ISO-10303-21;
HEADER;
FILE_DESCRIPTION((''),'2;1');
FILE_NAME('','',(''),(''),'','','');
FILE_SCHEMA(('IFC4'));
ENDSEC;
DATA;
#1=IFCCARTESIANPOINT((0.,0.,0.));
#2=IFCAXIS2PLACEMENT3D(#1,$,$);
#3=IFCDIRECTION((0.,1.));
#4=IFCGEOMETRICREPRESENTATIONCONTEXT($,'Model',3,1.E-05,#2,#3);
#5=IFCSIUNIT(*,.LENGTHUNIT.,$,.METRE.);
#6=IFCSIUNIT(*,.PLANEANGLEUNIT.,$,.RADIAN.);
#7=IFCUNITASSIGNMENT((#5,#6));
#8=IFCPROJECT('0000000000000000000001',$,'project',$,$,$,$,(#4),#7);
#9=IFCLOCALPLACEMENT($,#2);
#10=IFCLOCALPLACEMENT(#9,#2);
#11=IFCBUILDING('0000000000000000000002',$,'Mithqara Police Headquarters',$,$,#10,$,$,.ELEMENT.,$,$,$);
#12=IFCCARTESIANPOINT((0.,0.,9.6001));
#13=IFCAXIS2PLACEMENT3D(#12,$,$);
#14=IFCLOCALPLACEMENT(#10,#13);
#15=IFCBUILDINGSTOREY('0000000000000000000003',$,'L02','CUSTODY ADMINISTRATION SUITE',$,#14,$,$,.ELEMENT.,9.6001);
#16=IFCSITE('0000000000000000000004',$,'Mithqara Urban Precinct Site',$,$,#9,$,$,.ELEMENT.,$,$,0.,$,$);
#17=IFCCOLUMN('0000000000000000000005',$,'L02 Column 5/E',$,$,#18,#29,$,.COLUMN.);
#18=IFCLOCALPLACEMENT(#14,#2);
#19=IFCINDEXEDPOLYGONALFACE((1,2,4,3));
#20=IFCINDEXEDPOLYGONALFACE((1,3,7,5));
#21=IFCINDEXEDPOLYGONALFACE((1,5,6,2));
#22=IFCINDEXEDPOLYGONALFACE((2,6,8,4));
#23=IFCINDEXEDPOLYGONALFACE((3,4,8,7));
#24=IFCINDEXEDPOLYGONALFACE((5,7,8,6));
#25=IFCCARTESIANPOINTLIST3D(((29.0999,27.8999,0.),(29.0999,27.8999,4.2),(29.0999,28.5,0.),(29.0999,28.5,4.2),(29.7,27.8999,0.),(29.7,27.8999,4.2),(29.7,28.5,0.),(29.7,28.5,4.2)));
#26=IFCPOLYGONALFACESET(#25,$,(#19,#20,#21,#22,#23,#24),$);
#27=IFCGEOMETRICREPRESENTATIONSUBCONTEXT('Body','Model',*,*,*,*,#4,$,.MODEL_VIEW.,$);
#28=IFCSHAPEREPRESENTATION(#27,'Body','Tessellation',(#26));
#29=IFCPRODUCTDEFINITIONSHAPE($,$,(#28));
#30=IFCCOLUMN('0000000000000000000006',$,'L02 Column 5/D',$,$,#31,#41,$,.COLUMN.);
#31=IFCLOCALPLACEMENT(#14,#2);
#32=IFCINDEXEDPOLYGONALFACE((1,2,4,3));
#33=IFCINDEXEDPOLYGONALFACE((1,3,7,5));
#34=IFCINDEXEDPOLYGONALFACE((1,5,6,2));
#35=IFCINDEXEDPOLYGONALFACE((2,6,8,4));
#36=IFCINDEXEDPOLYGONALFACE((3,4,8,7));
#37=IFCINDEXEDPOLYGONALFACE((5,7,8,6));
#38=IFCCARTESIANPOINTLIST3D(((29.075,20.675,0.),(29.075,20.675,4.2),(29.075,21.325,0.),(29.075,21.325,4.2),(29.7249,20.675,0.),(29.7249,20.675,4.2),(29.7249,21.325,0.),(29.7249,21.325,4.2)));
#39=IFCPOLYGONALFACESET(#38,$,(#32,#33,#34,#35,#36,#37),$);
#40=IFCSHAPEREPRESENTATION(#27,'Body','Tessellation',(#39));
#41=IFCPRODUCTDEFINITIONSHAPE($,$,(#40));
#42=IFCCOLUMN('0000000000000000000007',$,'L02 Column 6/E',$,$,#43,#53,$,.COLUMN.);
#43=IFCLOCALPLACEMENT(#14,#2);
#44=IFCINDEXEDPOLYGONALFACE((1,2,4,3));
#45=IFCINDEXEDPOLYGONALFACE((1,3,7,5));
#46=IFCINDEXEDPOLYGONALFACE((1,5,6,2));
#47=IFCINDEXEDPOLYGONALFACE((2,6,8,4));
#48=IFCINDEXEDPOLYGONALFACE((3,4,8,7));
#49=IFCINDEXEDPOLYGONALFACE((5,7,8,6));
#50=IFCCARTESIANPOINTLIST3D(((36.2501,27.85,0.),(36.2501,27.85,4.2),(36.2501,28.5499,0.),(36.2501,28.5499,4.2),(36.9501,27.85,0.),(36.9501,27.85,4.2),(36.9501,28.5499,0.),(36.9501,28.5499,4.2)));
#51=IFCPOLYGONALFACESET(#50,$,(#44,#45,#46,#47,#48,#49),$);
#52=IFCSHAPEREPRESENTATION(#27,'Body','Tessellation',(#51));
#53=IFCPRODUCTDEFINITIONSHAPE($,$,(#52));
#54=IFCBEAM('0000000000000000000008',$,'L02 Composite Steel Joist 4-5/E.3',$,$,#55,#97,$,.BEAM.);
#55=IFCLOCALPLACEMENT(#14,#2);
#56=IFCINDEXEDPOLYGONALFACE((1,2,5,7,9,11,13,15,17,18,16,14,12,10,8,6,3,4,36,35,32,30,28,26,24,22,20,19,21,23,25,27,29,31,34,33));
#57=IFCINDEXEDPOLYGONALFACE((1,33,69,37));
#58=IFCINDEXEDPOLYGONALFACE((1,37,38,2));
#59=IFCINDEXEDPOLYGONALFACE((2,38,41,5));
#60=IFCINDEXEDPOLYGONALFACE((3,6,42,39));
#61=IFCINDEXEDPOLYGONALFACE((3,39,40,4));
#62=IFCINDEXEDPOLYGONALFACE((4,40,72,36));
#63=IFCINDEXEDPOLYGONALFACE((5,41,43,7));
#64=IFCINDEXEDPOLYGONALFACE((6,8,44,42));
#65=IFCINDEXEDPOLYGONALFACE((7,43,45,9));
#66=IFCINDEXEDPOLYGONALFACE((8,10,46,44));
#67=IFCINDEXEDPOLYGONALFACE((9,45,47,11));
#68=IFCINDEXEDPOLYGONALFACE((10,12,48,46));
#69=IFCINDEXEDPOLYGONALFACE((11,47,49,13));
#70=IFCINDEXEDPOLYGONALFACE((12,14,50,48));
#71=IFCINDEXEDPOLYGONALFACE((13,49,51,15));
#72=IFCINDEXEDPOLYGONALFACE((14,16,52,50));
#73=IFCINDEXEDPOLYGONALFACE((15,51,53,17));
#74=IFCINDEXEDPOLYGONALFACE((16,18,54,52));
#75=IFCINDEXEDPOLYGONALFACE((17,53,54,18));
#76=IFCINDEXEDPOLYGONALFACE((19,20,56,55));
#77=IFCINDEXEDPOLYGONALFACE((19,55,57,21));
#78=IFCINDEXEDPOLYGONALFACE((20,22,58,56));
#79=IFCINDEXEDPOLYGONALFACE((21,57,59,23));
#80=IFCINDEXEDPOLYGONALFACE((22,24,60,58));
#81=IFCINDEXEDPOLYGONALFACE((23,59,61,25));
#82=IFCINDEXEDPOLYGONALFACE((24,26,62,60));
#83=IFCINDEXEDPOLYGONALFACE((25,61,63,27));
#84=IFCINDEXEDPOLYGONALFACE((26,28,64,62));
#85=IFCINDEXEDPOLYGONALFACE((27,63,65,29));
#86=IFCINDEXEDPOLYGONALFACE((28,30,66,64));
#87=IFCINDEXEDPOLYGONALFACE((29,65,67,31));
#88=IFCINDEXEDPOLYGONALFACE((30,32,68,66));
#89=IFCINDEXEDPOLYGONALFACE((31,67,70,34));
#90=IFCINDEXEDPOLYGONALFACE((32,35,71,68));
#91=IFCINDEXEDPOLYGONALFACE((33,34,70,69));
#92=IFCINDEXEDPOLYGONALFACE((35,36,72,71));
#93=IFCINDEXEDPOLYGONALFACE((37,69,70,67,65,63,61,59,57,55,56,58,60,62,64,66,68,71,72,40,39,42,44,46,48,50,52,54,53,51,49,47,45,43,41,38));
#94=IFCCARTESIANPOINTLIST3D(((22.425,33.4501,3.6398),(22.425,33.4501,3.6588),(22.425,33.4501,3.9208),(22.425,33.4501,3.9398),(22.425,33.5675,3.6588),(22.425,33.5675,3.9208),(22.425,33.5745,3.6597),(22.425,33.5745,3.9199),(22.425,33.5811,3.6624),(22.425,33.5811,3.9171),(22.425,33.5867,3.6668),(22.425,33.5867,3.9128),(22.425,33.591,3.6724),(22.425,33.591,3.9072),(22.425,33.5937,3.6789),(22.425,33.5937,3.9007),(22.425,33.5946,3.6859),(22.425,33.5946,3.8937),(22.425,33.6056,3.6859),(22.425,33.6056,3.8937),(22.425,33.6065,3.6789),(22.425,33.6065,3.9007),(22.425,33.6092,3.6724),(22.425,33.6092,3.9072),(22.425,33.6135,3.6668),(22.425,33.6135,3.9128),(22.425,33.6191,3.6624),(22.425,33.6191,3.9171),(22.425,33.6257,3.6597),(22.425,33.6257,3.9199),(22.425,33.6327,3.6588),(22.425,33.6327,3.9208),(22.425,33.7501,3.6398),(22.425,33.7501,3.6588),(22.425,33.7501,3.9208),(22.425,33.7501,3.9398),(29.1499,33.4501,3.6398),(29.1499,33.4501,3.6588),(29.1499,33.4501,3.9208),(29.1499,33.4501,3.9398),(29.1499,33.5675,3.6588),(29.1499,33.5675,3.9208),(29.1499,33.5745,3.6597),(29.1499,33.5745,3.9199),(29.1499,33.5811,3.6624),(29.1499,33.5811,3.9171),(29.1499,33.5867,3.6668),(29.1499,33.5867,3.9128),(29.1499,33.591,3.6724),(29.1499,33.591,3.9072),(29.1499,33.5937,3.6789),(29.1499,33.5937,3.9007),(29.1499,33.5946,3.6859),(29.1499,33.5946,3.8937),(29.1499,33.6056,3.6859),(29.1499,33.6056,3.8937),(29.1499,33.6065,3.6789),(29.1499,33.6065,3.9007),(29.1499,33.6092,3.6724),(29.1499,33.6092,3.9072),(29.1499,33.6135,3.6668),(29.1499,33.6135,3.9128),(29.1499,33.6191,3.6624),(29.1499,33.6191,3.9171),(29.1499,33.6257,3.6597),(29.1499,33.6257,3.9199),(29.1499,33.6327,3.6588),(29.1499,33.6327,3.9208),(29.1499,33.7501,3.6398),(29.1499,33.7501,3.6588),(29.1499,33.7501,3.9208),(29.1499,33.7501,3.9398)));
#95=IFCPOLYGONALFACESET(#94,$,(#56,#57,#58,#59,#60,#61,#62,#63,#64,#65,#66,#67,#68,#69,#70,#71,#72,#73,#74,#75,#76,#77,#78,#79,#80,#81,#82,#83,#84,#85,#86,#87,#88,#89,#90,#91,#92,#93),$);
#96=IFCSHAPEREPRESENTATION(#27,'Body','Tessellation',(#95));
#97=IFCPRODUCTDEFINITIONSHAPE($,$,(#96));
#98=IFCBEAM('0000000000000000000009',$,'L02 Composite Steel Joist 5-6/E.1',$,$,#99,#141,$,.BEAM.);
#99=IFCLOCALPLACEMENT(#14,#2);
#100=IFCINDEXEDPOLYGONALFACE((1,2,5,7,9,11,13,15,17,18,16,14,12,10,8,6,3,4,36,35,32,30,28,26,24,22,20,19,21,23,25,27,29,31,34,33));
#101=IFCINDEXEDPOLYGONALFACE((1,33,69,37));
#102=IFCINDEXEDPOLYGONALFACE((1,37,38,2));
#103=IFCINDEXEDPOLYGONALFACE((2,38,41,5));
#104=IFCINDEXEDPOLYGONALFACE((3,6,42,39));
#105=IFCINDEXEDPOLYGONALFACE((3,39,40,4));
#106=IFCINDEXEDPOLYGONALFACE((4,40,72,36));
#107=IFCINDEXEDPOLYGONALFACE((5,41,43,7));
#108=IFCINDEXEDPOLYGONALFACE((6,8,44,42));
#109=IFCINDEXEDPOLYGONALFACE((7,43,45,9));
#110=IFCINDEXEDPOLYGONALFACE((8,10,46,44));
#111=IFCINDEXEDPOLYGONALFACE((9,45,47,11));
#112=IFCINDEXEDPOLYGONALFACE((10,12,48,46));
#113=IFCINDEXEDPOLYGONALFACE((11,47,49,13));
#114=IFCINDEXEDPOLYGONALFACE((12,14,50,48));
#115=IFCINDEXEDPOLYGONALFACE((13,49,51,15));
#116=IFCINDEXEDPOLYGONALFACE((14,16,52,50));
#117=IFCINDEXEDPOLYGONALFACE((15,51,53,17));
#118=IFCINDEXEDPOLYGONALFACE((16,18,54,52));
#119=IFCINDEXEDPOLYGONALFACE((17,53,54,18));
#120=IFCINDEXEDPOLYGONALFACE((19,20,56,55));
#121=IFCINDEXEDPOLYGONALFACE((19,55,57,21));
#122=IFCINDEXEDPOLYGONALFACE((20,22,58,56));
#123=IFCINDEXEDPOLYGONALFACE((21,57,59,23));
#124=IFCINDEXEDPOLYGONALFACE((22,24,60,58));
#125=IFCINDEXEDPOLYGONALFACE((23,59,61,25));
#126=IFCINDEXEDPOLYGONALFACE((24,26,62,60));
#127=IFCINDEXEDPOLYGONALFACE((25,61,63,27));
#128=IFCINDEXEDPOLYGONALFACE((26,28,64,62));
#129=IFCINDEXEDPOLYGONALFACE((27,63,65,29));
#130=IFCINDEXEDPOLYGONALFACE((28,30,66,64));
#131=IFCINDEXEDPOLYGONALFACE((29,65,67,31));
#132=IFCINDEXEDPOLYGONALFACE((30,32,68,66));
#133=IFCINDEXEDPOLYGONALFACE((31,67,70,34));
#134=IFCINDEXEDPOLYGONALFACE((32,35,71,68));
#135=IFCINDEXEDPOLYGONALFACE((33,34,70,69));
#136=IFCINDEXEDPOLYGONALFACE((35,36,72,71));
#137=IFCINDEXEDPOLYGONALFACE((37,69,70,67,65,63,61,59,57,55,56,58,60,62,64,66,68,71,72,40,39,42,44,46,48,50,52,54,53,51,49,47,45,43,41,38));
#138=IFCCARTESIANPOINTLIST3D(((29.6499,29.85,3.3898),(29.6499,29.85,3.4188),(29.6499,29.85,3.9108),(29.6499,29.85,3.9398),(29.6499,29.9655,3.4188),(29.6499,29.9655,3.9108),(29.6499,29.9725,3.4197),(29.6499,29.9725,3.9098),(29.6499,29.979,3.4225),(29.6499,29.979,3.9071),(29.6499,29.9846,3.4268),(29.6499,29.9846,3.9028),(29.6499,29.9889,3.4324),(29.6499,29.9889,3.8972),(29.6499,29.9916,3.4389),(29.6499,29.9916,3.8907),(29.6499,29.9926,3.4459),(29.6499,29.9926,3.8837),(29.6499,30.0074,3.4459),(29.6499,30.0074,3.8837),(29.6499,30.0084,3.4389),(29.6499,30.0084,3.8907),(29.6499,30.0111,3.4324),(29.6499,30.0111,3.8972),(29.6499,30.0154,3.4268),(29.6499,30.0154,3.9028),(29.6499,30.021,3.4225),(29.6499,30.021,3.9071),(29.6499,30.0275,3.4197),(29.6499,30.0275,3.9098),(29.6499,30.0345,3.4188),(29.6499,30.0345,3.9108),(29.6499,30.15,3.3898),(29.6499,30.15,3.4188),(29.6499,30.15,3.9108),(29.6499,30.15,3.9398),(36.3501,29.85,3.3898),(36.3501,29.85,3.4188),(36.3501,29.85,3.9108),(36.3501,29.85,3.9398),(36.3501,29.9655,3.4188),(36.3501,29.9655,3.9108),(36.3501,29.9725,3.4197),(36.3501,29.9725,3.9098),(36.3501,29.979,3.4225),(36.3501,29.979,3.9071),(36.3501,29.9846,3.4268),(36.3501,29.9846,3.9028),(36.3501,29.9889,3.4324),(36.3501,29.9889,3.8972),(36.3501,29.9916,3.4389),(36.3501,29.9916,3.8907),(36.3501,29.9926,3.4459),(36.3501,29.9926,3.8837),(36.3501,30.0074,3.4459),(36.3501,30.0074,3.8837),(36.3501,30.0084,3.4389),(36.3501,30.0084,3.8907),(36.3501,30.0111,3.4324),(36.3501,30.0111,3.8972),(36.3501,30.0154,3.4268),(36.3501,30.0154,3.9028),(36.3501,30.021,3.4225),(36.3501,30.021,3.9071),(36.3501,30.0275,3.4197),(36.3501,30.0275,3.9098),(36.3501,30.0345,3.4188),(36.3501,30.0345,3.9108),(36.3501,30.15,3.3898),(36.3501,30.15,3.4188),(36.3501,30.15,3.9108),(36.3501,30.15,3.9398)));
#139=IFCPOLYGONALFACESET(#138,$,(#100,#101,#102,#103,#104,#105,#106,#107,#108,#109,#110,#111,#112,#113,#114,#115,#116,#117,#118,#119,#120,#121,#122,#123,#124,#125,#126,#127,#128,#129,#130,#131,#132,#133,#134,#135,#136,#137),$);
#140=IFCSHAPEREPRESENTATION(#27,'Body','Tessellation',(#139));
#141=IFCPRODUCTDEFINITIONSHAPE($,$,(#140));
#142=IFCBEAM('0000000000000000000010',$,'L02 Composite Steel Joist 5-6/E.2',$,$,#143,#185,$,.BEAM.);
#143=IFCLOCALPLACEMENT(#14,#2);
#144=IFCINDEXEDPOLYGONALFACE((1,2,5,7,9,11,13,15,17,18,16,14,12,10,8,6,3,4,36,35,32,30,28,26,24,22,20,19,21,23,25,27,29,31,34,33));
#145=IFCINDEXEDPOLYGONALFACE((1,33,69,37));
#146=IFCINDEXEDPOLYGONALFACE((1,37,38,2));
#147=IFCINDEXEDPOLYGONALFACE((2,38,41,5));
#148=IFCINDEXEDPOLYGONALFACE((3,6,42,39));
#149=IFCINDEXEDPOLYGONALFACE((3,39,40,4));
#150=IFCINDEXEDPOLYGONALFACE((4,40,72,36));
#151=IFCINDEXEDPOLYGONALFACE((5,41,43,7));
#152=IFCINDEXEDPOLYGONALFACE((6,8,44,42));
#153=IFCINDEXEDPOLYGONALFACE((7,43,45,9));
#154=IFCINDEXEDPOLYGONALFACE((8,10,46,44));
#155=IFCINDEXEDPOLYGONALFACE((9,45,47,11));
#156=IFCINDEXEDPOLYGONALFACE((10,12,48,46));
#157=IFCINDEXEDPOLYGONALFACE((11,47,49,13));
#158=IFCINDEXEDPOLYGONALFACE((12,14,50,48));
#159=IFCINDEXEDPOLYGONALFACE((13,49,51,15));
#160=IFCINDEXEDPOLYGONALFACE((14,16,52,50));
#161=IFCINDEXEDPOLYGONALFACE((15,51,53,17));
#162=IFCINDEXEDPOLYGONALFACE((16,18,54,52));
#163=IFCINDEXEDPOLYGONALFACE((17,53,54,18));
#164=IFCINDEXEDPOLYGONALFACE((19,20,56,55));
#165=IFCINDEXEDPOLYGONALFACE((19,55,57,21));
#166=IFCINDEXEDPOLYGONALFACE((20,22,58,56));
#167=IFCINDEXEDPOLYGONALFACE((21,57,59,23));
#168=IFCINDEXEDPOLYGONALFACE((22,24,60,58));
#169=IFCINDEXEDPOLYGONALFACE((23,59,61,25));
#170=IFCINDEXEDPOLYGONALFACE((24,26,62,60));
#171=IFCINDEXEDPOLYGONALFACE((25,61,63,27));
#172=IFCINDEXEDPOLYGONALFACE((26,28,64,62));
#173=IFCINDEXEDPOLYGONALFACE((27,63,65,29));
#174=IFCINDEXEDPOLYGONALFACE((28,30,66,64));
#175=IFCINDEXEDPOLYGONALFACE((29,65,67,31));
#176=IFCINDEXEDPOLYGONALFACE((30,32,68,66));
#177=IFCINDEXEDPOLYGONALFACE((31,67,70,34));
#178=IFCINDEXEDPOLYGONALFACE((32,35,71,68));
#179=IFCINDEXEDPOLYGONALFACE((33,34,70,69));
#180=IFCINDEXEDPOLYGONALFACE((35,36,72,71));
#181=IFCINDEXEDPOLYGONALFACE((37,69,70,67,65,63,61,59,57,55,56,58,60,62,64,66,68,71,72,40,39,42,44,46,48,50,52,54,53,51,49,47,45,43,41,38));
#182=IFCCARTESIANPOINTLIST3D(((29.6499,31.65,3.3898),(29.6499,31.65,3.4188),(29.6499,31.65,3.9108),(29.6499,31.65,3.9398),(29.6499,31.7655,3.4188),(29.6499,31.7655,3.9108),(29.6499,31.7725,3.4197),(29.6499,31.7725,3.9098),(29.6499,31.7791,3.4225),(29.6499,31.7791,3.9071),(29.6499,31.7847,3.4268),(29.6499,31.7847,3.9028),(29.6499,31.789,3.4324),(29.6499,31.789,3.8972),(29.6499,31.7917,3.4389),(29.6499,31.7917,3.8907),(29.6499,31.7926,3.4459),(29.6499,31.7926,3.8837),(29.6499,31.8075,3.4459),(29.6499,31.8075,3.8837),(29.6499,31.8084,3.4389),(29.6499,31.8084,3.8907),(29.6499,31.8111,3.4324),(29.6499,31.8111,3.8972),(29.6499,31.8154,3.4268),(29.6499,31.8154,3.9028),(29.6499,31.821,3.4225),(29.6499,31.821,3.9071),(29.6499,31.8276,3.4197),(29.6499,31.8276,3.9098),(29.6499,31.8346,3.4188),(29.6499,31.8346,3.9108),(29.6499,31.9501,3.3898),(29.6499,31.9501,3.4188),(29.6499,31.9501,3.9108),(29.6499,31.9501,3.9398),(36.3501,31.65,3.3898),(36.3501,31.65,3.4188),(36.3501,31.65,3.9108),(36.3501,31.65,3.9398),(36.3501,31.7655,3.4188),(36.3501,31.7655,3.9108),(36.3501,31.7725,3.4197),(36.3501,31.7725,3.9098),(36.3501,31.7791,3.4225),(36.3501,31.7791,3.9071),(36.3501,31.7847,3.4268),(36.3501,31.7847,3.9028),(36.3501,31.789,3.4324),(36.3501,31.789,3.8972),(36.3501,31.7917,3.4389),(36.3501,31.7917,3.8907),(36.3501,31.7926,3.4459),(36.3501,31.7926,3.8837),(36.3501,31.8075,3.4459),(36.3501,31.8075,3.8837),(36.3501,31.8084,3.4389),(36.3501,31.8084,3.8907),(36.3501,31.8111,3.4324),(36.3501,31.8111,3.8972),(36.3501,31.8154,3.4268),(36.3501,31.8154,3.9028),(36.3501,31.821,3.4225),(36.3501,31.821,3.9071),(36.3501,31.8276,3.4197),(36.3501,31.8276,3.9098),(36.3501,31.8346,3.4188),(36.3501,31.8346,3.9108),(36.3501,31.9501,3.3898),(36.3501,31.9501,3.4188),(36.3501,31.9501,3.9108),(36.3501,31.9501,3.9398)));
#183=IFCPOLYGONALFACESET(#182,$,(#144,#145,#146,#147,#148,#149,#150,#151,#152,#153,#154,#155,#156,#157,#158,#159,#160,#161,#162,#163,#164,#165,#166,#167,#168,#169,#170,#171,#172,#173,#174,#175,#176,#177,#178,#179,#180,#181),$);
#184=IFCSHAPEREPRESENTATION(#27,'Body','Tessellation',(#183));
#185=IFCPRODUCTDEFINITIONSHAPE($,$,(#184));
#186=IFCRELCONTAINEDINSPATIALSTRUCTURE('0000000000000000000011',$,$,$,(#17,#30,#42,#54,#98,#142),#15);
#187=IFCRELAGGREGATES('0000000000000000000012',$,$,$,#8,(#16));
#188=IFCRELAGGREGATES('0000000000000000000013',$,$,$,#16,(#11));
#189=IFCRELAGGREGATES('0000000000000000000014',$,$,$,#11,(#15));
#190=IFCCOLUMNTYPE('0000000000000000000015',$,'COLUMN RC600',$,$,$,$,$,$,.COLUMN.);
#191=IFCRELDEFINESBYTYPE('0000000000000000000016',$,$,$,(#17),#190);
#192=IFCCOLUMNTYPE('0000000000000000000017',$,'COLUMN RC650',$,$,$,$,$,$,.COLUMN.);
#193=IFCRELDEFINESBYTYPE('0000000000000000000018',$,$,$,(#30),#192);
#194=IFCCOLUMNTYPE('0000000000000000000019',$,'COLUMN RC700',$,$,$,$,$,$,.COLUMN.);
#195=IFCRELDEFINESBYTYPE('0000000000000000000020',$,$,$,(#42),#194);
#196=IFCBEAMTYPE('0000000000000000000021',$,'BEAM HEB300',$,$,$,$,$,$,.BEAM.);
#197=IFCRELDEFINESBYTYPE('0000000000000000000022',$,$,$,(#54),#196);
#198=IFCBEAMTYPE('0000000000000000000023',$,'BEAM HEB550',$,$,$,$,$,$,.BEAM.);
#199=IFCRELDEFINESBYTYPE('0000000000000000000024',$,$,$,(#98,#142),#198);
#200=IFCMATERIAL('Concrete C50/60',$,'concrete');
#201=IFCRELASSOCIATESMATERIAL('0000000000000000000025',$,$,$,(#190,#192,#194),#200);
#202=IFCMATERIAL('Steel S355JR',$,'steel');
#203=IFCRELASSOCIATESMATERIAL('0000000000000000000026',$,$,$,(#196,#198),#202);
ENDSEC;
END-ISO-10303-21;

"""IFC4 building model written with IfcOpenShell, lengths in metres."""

from ifc_helpers import new_model, si_unit, direction, frame, origin, origin_2d, place, context, subcontext, project, spatial, rectangle, i_section, extrude, material, material_profile, profile_set, type_object, element, save


model = new_model("IFC4")

# Units and contexts
model_context = context("Model", 3, precision=1e-05, world=origin(), true_north=direction((0.0, 1.0)))
body_context = subcontext(model_context, "Body", "Model", "MODEL_VIEW")
ifc_project = project(units=[si_unit("LENGTHUNIT", "METRE"), si_unit("PLANEANGLEUNIT", "RADIAN")], contexts=[model_context])

# Site, building, storey
site_placement = place(None, origin())
site = spatial("IfcSite", under=ifc_project, at=site_placement, Name="Mithqara Urban Precinct Site", CompositionType="ELEMENT", RefElevation=0.0)
building_placement = place(site_placement, origin())
building = spatial("IfcBuilding", under=site, at=building_placement, Name="Mithqara Police Headquarters", CompositionType="ELEMENT")
storey_placement = place(building_placement, frame((0.0, 0.0, 9.6001)))
storey = spatial("IfcBuildingStorey", under=building, at=storey_placement, Name="L02", Description="CUSTODY ADMINISTRATION SUITE", CompositionType="ELEMENT", Elevation=9.6001)

# Columns
ifc_material_1 = material(Name="Concrete C50/60", Category="concrete")
ifc_material_profile_1 = material_profile(ifc_material_1, rectangle(XDim=0.6001, YDim=0.6001, at=origin_2d()), Name="RC 600x600")
ifc_profile_set_1 = profile_set([ifc_material_profile_1], Name="Concrete C50/60")
column_type_1 = type_object("IfcColumnType", Name="COLUMN RC600", PredefinedType="COLUMN", material=ifc_profile_set_1)
column_1_placement = place(storey_placement, frame((29.3999, 28.2, 0.0), z_axis=(0.0, 0.0, 1.0), x_axis=(1.0, 0.0, 0.0)))
element("IfcColumn", 1, at=column_1_placement, inside=storey, type_object=column_type_1, Name="L02 Column 5/E", PredefinedType="COLUMN", context=body_context, shape_type="SweptSolid", body=[
    extrude(rectangle(XDim=0.6001, YDim=0.6001, at=origin_2d()), origin(), (0.0, 0.0, 1.0), 4.2),
])
ifc_material_profile_2 = material_profile(ifc_material_1, rectangle(XDim=0.6499, YDim=0.6499, at=origin_2d()), Name="RC 650x650")
ifc_profile_set_2 = profile_set([ifc_material_profile_2], Name="Concrete C50/60")
column_type_2 = type_object("IfcColumnType", Name="COLUMN RC650", PredefinedType="COLUMN", material=ifc_profile_set_2)
column_2_placement = place(storey_placement, frame((29.3999, 21.0, 0.0), z_axis=(0.0, 0.0, 1.0), x_axis=(1.0, 0.0, 0.0)))
element("IfcColumn", 2, at=column_2_placement, inside=storey, type_object=column_type_2, Name="L02 Column 5/D", PredefinedType="COLUMN", context=body_context, shape_type="SweptSolid", body=[
    extrude(rectangle(XDim=0.6499, YDim=0.6499, at=origin_2d()), origin(), (0.0, 0.0, 1.0), 4.2),
])
ifc_material_profile_3 = material_profile(ifc_material_1, rectangle(XDim=0.7, YDim=0.7, at=origin_2d()), Name="RC 700x700")
ifc_profile_set_3 = profile_set([ifc_material_profile_3], Name="Concrete C50/60")
column_type_3 = type_object("IfcColumnType", Name="COLUMN RC700", PredefinedType="COLUMN", material=ifc_profile_set_3)
column_3_placement = place(storey_placement, frame((36.6001, 28.2, 0.0), z_axis=(0.0, 0.0, 1.0), x_axis=(1.0, 0.0, 0.0)))
element("IfcColumn", 3, at=column_3_placement, inside=storey, type_object=column_type_3, Name="L02 Column 6/E", PredefinedType="COLUMN", context=body_context, shape_type="SweptSolid", body=[
    extrude(rectangle(XDim=0.7, YDim=0.7, at=origin_2d()), origin(), (0.0, 0.0, 1.0), 4.2),
])

# Beams
ifc_material_2 = material(Name="Steel S355JR", Category="steel")
ifc_material_profile_4 = material_profile(ifc_material_2, i_section(OverallWidth=0.3, OverallDepth=0.3, WebThickness=0.011, FlangeThickness=0.019, FilletRadius=0.0271, at=origin_2d()), Name="HEB 300")
ifc_profile_set_4 = profile_set([ifc_material_profile_4], Name="Steel S355JR")
beam_type_1 = type_object("IfcBeamType", Name="BEAM HEB300", PredefinedType="BEAM", material=ifc_profile_set_4)
beam_1_placement = place(storey_placement, frame((22.425, 33.6001, 3.7898), z_axis=(1.0, 0.0, 0.0), x_axis=(0.0, 1.0, 0.0)))
element("IfcBeam", 4, at=beam_1_placement, inside=storey, type_object=beam_type_1, Name="L02 Composite Steel Joist 4-5/E.3", PredefinedType="BEAM", context=body_context, shape_type="SweptSolid", body=[
    extrude(i_section(OverallWidth=0.3, OverallDepth=0.3, WebThickness=0.011, FlangeThickness=0.019, FilletRadius=0.0271, at=origin_2d()), origin(), (0.0, 0.0, 1.0), 6.7249),
])
ifc_material_profile_5 = material_profile(ifc_material_2, i_section(OverallWidth=0.3, OverallDepth=0.55, WebThickness=0.0149, FlangeThickness=0.0291, FilletRadius=0.0271, at=origin_2d()), Name="HEB 550")
ifc_profile_set_5 = profile_set([ifc_material_profile_5], Name="Steel S355JR")
beam_type_2 = type_object("IfcBeamType", Name="BEAM HEB550", PredefinedType="BEAM", material=ifc_profile_set_5)
for number, where, z_axis, x_axis, name in (
    (5, (29.6499, 30.0, 3.6648), (1.0, 0.0, 0.0), (0.0, 1.0, 0.0), "L02 Composite Steel Joist 5-6/E.1"),
    (6, (29.6499, 31.8, 3.6648), (1.0, 0.0, 0.0), (0.0, 1.0, 0.0), "L02 Composite Steel Joist 5-6/E.2"),
):
    element("IfcBeam", number, at=place(storey_placement, frame(where, z_axis=z_axis, x_axis=x_axis)), inside=storey, type_object=beam_type_2, Name=name, PredefinedType="BEAM", context=body_context, shape_type="SweptSolid", body=[
        extrude(i_section(OverallWidth=0.3, OverallDepth=0.55, WebThickness=0.0149, FlangeThickness=0.0291, FilletRadius=0.0271, at=origin_2d()), origin(), (0.0, 0.0, 1.0), 6.7002),
    ])

save(model, "model.ifc")
